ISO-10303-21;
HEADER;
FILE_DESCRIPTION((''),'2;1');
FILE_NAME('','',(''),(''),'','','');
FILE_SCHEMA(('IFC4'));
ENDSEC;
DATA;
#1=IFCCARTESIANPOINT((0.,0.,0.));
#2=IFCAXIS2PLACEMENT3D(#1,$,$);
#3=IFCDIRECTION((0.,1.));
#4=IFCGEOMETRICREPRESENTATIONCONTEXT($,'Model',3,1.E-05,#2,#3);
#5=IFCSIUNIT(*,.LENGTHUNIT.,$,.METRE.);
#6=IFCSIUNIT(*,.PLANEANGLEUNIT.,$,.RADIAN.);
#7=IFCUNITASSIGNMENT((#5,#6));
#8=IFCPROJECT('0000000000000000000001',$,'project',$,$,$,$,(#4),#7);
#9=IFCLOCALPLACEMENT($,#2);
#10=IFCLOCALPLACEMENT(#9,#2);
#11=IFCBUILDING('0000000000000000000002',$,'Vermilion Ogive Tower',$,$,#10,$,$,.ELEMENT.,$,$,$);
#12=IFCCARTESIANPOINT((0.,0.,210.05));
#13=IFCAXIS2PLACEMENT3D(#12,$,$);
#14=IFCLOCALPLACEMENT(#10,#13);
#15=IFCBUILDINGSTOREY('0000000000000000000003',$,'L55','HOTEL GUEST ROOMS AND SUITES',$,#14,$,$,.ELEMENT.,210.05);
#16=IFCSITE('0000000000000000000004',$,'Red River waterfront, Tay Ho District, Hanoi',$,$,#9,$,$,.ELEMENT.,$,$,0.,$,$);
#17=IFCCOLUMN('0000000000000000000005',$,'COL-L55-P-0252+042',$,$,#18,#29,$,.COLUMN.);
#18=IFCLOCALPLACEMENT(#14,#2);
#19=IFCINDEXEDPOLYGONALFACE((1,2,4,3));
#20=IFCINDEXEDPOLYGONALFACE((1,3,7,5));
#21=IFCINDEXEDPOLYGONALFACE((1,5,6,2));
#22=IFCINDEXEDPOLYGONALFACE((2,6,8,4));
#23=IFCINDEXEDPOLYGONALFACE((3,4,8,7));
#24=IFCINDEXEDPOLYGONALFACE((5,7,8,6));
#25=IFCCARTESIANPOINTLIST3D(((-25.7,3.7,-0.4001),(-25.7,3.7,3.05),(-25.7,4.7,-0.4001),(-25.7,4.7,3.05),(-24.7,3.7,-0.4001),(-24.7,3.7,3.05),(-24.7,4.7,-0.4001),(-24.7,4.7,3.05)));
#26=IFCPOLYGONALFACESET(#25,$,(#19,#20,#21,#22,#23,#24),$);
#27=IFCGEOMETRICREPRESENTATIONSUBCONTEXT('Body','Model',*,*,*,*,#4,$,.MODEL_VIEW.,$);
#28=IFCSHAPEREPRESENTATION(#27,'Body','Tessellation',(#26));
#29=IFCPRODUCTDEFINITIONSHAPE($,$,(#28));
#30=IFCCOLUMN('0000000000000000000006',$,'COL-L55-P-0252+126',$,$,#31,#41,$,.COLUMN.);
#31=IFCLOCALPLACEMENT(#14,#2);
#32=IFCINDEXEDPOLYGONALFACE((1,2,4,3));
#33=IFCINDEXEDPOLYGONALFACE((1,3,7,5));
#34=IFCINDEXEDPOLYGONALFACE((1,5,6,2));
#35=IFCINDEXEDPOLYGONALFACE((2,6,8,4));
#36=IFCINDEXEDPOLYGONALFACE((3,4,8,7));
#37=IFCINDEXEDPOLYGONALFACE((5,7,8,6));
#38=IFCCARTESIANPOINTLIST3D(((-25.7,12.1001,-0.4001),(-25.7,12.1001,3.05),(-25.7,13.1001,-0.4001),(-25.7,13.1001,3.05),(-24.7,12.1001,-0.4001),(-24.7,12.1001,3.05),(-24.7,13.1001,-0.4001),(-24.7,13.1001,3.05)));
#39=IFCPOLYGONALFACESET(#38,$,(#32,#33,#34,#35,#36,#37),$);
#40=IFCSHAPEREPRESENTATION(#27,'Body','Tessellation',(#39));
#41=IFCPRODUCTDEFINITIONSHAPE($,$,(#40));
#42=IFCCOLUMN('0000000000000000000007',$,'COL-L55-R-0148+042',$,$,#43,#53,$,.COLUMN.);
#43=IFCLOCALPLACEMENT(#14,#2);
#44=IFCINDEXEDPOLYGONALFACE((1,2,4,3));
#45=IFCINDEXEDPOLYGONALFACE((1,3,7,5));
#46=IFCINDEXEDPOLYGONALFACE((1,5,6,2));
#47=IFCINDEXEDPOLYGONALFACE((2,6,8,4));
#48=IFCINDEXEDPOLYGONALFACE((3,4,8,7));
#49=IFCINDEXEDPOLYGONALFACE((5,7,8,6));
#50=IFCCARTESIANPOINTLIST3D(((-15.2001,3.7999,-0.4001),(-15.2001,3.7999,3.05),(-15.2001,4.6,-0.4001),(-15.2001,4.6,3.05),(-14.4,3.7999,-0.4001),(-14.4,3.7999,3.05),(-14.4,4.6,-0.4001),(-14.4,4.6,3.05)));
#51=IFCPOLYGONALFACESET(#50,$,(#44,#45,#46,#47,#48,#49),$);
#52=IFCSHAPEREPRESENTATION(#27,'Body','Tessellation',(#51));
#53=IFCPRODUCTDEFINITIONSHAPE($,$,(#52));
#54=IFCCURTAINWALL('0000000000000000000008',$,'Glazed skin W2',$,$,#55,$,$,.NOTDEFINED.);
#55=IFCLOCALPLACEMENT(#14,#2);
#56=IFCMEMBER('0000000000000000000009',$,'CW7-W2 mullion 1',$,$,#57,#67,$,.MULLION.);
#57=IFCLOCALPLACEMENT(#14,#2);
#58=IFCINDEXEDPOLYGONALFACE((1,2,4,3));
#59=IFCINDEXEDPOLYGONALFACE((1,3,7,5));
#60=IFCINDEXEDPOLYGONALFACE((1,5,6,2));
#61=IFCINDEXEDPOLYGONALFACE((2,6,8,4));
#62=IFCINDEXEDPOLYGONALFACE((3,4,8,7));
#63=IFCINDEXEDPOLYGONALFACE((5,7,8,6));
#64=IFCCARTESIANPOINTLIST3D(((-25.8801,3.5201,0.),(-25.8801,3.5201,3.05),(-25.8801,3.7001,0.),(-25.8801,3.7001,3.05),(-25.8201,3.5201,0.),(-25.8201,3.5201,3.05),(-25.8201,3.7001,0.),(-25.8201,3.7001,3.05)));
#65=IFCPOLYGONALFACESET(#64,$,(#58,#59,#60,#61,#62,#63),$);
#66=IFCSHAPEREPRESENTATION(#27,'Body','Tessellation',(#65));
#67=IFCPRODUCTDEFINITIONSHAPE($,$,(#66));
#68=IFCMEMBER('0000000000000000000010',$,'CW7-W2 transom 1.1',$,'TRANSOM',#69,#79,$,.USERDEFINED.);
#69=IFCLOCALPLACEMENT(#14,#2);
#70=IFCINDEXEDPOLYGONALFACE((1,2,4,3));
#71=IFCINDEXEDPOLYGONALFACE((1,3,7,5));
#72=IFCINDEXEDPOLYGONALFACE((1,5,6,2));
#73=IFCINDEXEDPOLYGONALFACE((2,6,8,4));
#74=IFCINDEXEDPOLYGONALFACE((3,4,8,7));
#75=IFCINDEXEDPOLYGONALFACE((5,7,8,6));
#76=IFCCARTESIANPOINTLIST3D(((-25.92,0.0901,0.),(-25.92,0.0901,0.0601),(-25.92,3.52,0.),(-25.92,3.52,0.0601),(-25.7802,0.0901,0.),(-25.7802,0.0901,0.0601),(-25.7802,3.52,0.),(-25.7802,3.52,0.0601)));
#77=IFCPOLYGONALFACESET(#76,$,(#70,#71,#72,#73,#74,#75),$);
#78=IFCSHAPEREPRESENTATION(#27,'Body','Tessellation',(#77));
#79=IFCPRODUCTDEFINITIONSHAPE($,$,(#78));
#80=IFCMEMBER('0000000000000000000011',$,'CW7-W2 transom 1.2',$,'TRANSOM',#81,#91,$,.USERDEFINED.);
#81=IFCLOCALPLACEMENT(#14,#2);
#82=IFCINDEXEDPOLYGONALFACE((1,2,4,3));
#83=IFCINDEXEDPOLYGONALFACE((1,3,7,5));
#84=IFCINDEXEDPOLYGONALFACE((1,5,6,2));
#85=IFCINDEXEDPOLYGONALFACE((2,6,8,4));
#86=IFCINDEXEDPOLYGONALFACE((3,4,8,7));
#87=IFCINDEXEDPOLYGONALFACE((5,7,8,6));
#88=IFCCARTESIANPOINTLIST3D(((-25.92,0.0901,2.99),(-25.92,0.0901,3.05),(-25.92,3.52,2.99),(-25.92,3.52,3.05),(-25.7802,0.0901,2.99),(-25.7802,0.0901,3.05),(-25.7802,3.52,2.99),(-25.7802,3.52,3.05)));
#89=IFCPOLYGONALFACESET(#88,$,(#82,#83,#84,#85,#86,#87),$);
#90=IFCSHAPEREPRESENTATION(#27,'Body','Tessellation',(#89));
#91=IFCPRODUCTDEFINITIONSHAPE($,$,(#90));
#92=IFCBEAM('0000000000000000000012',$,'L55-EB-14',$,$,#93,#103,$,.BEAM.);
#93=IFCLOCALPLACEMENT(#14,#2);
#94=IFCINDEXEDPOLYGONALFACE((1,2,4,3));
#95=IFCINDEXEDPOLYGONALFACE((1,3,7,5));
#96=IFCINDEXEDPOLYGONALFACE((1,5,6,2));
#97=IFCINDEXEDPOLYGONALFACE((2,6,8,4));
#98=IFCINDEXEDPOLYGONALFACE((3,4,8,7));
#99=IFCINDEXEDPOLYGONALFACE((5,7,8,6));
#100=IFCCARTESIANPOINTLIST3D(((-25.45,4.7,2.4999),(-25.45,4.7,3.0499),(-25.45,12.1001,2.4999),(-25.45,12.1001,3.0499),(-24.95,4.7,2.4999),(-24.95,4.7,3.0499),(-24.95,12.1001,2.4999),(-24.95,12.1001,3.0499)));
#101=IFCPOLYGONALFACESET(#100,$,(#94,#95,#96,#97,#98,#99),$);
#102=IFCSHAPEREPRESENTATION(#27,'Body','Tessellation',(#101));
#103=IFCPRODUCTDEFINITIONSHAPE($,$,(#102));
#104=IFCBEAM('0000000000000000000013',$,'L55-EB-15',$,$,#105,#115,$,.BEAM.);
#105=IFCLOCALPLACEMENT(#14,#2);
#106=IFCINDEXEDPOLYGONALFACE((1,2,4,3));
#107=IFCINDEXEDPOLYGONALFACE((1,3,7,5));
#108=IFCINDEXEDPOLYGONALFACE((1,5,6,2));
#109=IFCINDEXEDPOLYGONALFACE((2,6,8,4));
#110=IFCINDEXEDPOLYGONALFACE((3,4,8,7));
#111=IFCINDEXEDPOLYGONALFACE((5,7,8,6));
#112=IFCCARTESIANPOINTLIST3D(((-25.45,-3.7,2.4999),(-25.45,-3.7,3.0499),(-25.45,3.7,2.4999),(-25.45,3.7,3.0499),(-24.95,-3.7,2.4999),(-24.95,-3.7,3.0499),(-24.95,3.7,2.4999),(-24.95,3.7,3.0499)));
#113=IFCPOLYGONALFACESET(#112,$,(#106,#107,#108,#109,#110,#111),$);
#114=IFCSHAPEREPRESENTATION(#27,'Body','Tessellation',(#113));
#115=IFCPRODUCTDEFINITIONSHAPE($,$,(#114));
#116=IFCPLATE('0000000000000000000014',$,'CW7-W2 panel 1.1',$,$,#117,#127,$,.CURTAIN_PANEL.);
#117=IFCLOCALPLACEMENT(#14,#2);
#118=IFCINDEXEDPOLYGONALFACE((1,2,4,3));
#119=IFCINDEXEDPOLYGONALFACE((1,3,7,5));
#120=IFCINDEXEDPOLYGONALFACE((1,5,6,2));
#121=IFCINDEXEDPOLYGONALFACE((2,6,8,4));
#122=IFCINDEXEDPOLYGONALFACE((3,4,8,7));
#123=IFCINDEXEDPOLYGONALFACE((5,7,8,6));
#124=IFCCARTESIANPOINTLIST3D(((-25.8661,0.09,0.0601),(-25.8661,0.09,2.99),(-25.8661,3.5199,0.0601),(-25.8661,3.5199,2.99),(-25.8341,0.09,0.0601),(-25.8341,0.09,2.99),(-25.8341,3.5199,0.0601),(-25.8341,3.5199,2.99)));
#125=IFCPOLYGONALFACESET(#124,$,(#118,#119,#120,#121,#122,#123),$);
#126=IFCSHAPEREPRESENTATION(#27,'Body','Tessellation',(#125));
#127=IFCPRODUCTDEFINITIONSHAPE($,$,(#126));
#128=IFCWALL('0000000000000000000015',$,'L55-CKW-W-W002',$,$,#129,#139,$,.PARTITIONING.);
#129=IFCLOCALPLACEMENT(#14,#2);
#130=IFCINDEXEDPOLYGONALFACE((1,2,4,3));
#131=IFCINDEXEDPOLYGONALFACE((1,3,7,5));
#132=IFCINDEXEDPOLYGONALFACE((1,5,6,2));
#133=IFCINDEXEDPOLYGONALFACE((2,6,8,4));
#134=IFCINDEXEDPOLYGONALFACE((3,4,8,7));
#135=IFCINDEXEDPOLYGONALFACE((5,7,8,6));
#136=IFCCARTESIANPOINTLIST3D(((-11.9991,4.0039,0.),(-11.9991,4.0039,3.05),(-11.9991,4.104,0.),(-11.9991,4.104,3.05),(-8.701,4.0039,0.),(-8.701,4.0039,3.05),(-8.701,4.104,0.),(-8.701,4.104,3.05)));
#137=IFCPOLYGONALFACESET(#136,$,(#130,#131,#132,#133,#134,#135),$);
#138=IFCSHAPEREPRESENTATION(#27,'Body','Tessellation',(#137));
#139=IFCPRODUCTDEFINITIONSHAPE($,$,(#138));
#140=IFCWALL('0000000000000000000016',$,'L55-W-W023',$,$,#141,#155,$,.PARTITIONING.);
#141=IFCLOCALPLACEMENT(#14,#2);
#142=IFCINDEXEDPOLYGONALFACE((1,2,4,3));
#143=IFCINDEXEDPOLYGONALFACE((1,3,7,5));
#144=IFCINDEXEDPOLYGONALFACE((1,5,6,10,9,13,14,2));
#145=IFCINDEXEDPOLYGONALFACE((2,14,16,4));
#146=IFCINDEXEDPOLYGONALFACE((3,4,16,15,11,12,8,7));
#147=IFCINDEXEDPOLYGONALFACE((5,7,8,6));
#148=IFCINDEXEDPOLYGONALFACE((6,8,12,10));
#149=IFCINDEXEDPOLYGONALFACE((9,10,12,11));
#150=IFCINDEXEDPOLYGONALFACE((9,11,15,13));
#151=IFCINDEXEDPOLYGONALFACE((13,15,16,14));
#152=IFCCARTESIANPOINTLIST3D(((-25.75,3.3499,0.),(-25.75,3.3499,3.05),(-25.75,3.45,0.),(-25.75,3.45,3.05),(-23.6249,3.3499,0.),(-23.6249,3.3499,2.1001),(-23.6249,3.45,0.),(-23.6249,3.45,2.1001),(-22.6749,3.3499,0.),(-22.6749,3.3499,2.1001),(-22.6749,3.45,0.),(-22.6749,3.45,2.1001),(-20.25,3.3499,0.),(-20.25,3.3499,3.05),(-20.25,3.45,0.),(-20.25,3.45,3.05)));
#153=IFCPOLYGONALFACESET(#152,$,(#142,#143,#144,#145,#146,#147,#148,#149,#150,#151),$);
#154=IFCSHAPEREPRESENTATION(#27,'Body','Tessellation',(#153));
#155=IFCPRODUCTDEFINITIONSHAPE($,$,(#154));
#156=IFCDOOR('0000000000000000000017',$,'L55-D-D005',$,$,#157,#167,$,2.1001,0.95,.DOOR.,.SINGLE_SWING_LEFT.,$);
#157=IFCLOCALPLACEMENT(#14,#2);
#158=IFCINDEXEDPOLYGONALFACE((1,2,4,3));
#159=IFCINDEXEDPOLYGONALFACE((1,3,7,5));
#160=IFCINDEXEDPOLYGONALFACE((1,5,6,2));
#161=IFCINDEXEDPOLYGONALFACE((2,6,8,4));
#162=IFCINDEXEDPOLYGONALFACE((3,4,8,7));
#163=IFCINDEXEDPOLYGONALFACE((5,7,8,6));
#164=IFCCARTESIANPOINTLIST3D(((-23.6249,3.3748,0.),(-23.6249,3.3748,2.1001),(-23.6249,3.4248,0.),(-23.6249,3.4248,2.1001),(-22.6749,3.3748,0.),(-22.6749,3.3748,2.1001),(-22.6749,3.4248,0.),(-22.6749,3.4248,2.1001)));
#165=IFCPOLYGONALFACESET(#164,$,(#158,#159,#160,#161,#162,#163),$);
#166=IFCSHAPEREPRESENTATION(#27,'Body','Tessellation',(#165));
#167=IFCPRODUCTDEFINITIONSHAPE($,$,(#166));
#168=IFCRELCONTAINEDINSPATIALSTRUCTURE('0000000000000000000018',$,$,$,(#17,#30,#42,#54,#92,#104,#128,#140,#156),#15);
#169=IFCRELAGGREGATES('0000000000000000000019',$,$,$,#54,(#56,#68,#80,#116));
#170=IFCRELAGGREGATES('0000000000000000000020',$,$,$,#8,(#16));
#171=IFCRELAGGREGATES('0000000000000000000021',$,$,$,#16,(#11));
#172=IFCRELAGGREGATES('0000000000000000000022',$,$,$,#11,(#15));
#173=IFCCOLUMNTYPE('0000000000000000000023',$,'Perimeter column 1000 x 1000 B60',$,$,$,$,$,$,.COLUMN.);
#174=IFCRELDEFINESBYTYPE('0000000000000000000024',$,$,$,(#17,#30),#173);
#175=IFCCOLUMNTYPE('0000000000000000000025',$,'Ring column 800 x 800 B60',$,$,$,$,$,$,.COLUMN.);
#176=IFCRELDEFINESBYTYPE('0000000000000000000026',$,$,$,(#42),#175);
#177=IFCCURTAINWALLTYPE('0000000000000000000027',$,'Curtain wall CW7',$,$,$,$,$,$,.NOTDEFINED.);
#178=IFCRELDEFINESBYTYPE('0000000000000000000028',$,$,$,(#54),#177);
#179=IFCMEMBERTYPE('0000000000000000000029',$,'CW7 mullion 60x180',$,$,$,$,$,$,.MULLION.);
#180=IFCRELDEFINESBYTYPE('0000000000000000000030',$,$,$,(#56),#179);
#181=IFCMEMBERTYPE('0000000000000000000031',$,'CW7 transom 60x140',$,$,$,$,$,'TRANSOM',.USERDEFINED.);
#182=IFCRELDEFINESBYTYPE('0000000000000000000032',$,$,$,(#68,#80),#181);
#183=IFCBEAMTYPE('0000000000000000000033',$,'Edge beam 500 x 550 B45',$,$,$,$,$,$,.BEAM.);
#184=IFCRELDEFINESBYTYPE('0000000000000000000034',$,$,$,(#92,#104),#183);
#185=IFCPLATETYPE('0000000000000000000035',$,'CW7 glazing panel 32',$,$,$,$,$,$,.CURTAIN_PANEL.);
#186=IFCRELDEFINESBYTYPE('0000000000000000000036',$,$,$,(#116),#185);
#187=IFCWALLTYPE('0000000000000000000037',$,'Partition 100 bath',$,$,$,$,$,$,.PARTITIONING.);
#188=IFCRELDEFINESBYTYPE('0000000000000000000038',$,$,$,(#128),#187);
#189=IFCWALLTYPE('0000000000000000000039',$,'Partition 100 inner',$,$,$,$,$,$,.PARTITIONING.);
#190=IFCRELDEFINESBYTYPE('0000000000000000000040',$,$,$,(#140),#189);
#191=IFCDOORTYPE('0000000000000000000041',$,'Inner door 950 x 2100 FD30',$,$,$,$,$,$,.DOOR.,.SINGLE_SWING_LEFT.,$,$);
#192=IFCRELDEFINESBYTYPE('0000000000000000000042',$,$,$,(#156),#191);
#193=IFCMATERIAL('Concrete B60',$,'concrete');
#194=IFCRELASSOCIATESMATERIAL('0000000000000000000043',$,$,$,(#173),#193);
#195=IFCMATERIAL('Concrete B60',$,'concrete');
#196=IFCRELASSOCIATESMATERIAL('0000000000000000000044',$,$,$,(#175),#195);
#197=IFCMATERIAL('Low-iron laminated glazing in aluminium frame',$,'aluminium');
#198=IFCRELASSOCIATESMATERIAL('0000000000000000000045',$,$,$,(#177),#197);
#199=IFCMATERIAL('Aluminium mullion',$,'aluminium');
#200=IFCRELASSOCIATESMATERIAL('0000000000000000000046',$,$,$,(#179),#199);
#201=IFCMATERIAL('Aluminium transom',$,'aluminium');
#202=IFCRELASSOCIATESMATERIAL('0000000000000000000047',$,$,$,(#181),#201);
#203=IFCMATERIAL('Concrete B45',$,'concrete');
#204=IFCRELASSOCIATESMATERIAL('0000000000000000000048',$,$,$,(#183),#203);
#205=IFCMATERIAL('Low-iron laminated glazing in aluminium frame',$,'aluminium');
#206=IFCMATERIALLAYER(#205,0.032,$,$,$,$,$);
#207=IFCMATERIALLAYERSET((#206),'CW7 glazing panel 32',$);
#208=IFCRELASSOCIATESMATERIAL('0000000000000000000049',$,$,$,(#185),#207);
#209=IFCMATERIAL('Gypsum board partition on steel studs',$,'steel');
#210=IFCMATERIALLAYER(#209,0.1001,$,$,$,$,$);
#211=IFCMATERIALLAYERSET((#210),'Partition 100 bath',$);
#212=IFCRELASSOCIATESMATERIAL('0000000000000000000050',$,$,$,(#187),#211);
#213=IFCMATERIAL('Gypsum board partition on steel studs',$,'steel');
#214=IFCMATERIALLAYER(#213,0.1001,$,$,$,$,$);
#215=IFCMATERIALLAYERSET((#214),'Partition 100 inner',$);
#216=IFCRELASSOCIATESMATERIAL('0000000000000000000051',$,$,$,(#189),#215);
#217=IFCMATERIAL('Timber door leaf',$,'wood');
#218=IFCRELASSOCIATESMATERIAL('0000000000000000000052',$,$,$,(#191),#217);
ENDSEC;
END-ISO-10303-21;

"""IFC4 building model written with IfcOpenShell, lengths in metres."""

from ifc_helpers import new_model, si_unit, direction, frame, frame_2d, origin, origin_2d, place, context, subcontext, project, spatial, rectangle, extrude, material, layer, layer_set, material_profile, profile_set, type_object, element, fill, aggregate, save


model = new_model("IFC4")

# Units and contexts
model_context = context("Model", 3, precision=1e-05, world=origin(), true_north=direction((0.0, 1.0)))
body_context = subcontext(model_context, "Body", "Model", "MODEL_VIEW")
ifc_project = project(units=[si_unit("LENGTHUNIT", "METRE"), si_unit("PLANEANGLEUNIT", "RADIAN")], contexts=[model_context])

# Site, building, storey
site_placement = place(None, origin())
site = spatial("IfcSite", under=ifc_project, at=site_placement, Name="Red River waterfront, Tay Ho District, Hanoi", CompositionType="ELEMENT", RefElevation=0.0)
building_placement = place(site_placement, origin())
building = spatial("IfcBuilding", under=site, at=building_placement, Name="Vermilion Ogive Tower", CompositionType="ELEMENT")
storey_placement = place(building_placement, frame((0.0, 0.0, 210.05)))
storey = spatial("IfcBuildingStorey", under=building, at=storey_placement, Name="L55", Description="HOTEL GUEST ROOMS AND SUITES", CompositionType="ELEMENT", Elevation=210.05)

# Columns
ifc_material_1 = material(Name="Concrete B60", Category="concrete")
ifc_material_profile_1 = material_profile(ifc_material_1, rectangle(XDim=1.0, YDim=1.0, at=origin_2d()), Name="1000 x 1000")
ifc_profile_set_1 = profile_set([ifc_material_profile_1], Name="Concrete B60")
column_type_1 = type_object("IfcColumnType", Name="Perimeter column 1000 x 1000 B60", PredefinedType="COLUMN", material=ifc_profile_set_1)
for number, where, z_axis, x_axis, name in (
    (1, (-25.2, 4.2, -0.4001), (0.0, 0.0, 1.0), (1.0, 0.0, 0.0), "COL-L55-P-0252+042"),
    (2, (-25.2, 12.6001, -0.4001), (0.0, 0.0, 1.0), (1.0, 0.0, 0.0), "COL-L55-P-0252+126"),
):
    element("IfcColumn", number, at=place(storey_placement, frame(where, z_axis=z_axis, x_axis=x_axis)), inside=storey, type_object=column_type_1, Name=name, PredefinedType="COLUMN", context=body_context, shape_type="SweptSolid", body=[
        extrude(rectangle(XDim=1.0, YDim=1.0, at=origin_2d()), origin(), (0.0, 0.0, 1.0), 3.4502),
    ])
ifc_material_2 = material(Name="Concrete B60", Category="concrete")
ifc_material_profile_2 = material_profile(ifc_material_2, rectangle(XDim=0.8, YDim=0.8, at=origin_2d()), Name="800 x 800")
ifc_profile_set_2 = profile_set([ifc_material_profile_2], Name="Concrete B60")
column_type_2 = type_object("IfcColumnType", Name="Ring column 800 x 800 B60", PredefinedType="COLUMN", material=ifc_profile_set_2)
column_placement = place(storey_placement, frame((-14.8, 4.2, -0.4001), z_axis=(0.0, 0.0, 1.0), x_axis=(1.0, 0.0, 0.0)))
element("IfcColumn", 3, at=column_placement, inside=storey, type_object=column_type_2, Name="COL-L55-R-0148+042", PredefinedType="COLUMN", context=body_context, shape_type="SweptSolid", body=[
    extrude(rectangle(XDim=0.8, YDim=0.8, at=origin_2d()), origin(), (0.0, 0.0, 1.0), 3.4502),
])

# Curtain wall, members
ifc_material_3 = material(Name="Low-iron laminated glazing in aluminium frame", Category="aluminium")
curtain_wall_type = type_object("IfcCurtainWallType", Name="Curtain wall CW7", PredefinedType="NOTDEFINED", material=ifc_material_3)
curtain_wall_placement = place(storey_placement, origin())
curtain_wall = element("IfcCurtainWall", 4, at=curtain_wall_placement, inside=storey, type_object=curtain_wall_type, Name="Glazed skin W2", PredefinedType="NOTDEFINED")
ifc_material_4 = material(Name="Aluminium mullion", Category="aluminium")
ifc_material_profile_3 = material_profile(ifc_material_4, rectangle(XDim=0.0601, YDim=0.1799, at=origin_2d()), Name="AL 60x180")
ifc_profile_set_3 = profile_set([ifc_material_profile_3], Name="Aluminium mullion")
member_type_1 = type_object("IfcMemberType", Name="CW7 mullion 60x180", PredefinedType="MULLION", material=ifc_profile_set_3)
member_1_placement = place(storey_placement, frame((-25.8501, 3.6101, 0.0), z_axis=(0.0, 0.0, 1.0), x_axis=(1.0, 0.0, 0.0)))
member_1 = element("IfcMember", 5, at=member_1_placement, type_object=member_type_1, Name="CW7-W2 mullion 1", PredefinedType="MULLION", context=body_context, shape_type="SweptSolid", body=[
    extrude(rectangle(XDim=0.0601, YDim=0.1799, at=origin_2d()), origin(), (0.0, 0.0, 1.0), 3.05),
])
ifc_material_5 = material(Name="Aluminium transom", Category="aluminium")
ifc_material_profile_4 = material_profile(ifc_material_5, rectangle(XDim=0.1399, YDim=0.0601, at=origin_2d()), Name="AL 60x140")
ifc_profile_set_4 = profile_set([ifc_material_profile_4], Name="Aluminium transom")
member_type_2 = type_object("IfcMemberType", Name="CW7 transom 60x140", ElementType="TRANSOM", PredefinedType="USERDEFINED", material=ifc_profile_set_4)
member_2_placement = place(storey_placement, frame((-25.8501, 3.52, 0.03), z_axis=(0.0, -1.0, 0.0), x_axis=(1.0, 0.0, 0.0)))
member_2 = element("IfcMember", 6, at=member_2_placement, type_object=member_type_2, Name="CW7-W2 transom 1.1", ObjectType="TRANSOM", PredefinedType="USERDEFINED", context=body_context, shape_type="SweptSolid", body=[
    extrude(rectangle(XDim=0.1399, YDim=0.0601, at=origin_2d()), origin(), (0.0, 0.0, 1.0), 3.4299),
])
member_3_placement = place(storey_placement, frame((-25.8501, 3.52, 3.02), z_axis=(0.0, -1.0, 0.0), x_axis=(1.0, 0.0, 0.0)))
member_3 = element("IfcMember", 7, at=member_3_placement, type_object=member_type_2, Name="CW7-W2 transom 1.2", ObjectType="TRANSOM", PredefinedType="USERDEFINED", context=body_context, shape_type="SweptSolid", body=[
    extrude(rectangle(XDim=0.1399, YDim=0.0601, at=origin_2d()), origin(), (0.0, 0.0, 1.0), 3.4299),
])

# Beams
ifc_material_6 = material(Name="Concrete B45", Category="concrete")
ifc_material_profile_5 = material_profile(ifc_material_6, rectangle(XDim=0.5, YDim=0.55, at=origin_2d()), Name="500 x 550")
ifc_profile_set_5 = profile_set([ifc_material_profile_5], Name="Concrete B45")
beam_type = type_object("IfcBeamType", Name="Edge beam 500 x 550 B45", PredefinedType="BEAM", material=ifc_profile_set_5)
beam_1_placement = place(storey_placement, frame((-25.2, 12.1001, 2.7749), z_axis=(0.0, -1.0, 0.0), x_axis=(1.0, 0.0, 0.0)))
element("IfcBeam", 8, at=beam_1_placement, inside=storey, type_object=beam_type, Name="L55-EB-14", PredefinedType="BEAM", context=body_context, shape_type="SweptSolid", body=[
    extrude(rectangle(XDim=0.5, YDim=0.55, at=origin_2d()), origin(), (0.0, 0.0, 1.0), 7.4001),
])
beam_2_placement = place(storey_placement, frame((-25.2, 3.7, 2.7749), z_axis=(0.0, -1.0, 0.0), x_axis=(1.0, 0.0, 0.0)))
element("IfcBeam", 9, at=beam_2_placement, inside=storey, type_object=beam_type, Name="L55-EB-15", PredefinedType="BEAM", context=body_context, shape_type="SweptSolid", body=[
    extrude(rectangle(XDim=0.5, YDim=0.55, at=origin_2d()), origin(), (0.0, 0.0, 1.0), 7.3999),
])

# Plate
ifc_material_7 = material(Name="Low-iron laminated glazing in aluminium frame", Category="aluminium")
ifc_layer_1 = layer(ifc_material_7, 0.032)
ifc_layer_set_1 = layer_set([ifc_layer_1], Name="CW7 glazing panel 32")
plate_type = type_object("IfcPlateType", Name="CW7 glazing panel 32", PredefinedType="CURTAIN_PANEL", material=ifc_layer_set_1)
plate_placement = place(storey_placement, frame((-25.8501, 1.8049, 0.0601), z_axis=(0.0, 0.0, 1.0), x_axis=(0.0, -1.0, 0.0)))
plate = element("IfcPlate", 10, at=plate_placement, type_object=plate_type, Name="CW7-W2 panel 1.1", PredefinedType="CURTAIN_PANEL", context=body_context, shape_type="SweptSolid", body=[
    extrude(rectangle(XDim=3.4299, YDim=0.032, at=origin_2d()), origin(), (0.0, 0.0, 1.0), 2.9299),
])
aggregate(curtain_wall, [member_1, member_2, member_3, plate])

# Wall
ifc_material_8 = material(Name="Gypsum board partition on steel studs", Category="steel")
ifc_layer_2 = layer(ifc_material_8, 0.1001)
ifc_layer_set_2 = layer_set([ifc_layer_2], Name="Partition 100 bath")
wall_type_1 = type_object("IfcWallType", Name="Partition 100 bath", PredefinedType="PARTITIONING", material=ifc_layer_set_2)
wall_1_placement = place(storey_placement, frame((-11.999, 4.054, 0.0), z_axis=(0.0, 0.0, 1.0), x_axis=(1.0, 0.0, 0.0)))
element("IfcWall", 11, at=wall_1_placement, inside=storey, type_object=wall_type_1, Name="L55-CKW-W-W002", PredefinedType="PARTITIONING", context=body_context, shape_type="SweptSolid", body=[
    extrude(rectangle(XDim=3.2981, YDim=0.1001, at=frame_2d((1.6489, 0.0))), origin(), (0.0, 0.0, 1.0), 3.05),
])

# Wall, opening, door
ifc_material_9 = material(Name="Gypsum board partition on steel studs", Category="steel")
ifc_layer_3 = layer(ifc_material_9, 0.1001)
ifc_layer_set_3 = layer_set([ifc_layer_3], Name="Partition 100 inner")
wall_type_2 = type_object("IfcWallType", Name="Partition 100 inner", PredefinedType="PARTITIONING", material=ifc_layer_set_3)
wall_2_placement = place(storey_placement, frame((-25.75, 3.3999, 0.0), z_axis=(0.0, 0.0, 1.0), x_axis=(1.0, 0.0, 0.0)))
wall_2 = element("IfcWall", 12, at=wall_2_placement, inside=storey, type_object=wall_type_2, Name="L55-W-W023", PredefinedType="PARTITIONING", context=body_context, shape_type="SweptSolid", body=[
    extrude(rectangle(XDim=5.5, YDim=0.1001, at=frame_2d((2.75, 0.0))), origin(), (0.0, 0.0, 1.0), 3.05),
])
opening_1_placement = place(wall_2_placement, frame((2.125, 0.0, 0.0)))
opening_1 = element("IfcOpeningElement", 13, at=opening_1_placement, cuts=wall_2, PredefinedType="OPENING", context=body_context, shape_type="SweptSolid", body=[
    extrude(rectangle(XDim=0.95, YDim=2.1001, at=frame_2d((0.4751, 1.05))), frame((0.0, 0.0601, 0.0), z_axis=(0.0, -1.0, 0.0), x_axis=(1.0, 0.0, 0.0)), (0.0, 0.0, 1.0), 0.1201),
])
ifc_material_10 = material(Name="Timber door leaf", Category="wood")
door_type_1 = type_object("IfcDoorType", Name="Inner door 950 x 2100 FD30", OperationType="SINGLE_SWING_LEFT", PredefinedType="DOOR", material=ifc_material_10)
door_1_placement = place(opening_1_placement, origin())
door_1 = element("IfcDoor", 14, at=door_1_placement, inside=storey, type_object=door_type_1, Name="L55-D-D005", OperationType="SINGLE_SWING_LEFT", OverallHeight=2.1001, OverallWidth=0.95, PredefinedType="DOOR", context=body_context, shape_type="SweptSolid", body=[
    extrude(rectangle(XDim=0.95, YDim=2.1001, at=frame_2d((0.4751, 1.05))), frame((0.0, 0.0249, 0.0), z_axis=(0.0, -1.0, 0.0), x_axis=(1.0, 0.0, 0.0)), (0.0, 0.0, 1.0), 0.05),
])
fill(opening_1, door_1)

save(model, "model.ifc")
